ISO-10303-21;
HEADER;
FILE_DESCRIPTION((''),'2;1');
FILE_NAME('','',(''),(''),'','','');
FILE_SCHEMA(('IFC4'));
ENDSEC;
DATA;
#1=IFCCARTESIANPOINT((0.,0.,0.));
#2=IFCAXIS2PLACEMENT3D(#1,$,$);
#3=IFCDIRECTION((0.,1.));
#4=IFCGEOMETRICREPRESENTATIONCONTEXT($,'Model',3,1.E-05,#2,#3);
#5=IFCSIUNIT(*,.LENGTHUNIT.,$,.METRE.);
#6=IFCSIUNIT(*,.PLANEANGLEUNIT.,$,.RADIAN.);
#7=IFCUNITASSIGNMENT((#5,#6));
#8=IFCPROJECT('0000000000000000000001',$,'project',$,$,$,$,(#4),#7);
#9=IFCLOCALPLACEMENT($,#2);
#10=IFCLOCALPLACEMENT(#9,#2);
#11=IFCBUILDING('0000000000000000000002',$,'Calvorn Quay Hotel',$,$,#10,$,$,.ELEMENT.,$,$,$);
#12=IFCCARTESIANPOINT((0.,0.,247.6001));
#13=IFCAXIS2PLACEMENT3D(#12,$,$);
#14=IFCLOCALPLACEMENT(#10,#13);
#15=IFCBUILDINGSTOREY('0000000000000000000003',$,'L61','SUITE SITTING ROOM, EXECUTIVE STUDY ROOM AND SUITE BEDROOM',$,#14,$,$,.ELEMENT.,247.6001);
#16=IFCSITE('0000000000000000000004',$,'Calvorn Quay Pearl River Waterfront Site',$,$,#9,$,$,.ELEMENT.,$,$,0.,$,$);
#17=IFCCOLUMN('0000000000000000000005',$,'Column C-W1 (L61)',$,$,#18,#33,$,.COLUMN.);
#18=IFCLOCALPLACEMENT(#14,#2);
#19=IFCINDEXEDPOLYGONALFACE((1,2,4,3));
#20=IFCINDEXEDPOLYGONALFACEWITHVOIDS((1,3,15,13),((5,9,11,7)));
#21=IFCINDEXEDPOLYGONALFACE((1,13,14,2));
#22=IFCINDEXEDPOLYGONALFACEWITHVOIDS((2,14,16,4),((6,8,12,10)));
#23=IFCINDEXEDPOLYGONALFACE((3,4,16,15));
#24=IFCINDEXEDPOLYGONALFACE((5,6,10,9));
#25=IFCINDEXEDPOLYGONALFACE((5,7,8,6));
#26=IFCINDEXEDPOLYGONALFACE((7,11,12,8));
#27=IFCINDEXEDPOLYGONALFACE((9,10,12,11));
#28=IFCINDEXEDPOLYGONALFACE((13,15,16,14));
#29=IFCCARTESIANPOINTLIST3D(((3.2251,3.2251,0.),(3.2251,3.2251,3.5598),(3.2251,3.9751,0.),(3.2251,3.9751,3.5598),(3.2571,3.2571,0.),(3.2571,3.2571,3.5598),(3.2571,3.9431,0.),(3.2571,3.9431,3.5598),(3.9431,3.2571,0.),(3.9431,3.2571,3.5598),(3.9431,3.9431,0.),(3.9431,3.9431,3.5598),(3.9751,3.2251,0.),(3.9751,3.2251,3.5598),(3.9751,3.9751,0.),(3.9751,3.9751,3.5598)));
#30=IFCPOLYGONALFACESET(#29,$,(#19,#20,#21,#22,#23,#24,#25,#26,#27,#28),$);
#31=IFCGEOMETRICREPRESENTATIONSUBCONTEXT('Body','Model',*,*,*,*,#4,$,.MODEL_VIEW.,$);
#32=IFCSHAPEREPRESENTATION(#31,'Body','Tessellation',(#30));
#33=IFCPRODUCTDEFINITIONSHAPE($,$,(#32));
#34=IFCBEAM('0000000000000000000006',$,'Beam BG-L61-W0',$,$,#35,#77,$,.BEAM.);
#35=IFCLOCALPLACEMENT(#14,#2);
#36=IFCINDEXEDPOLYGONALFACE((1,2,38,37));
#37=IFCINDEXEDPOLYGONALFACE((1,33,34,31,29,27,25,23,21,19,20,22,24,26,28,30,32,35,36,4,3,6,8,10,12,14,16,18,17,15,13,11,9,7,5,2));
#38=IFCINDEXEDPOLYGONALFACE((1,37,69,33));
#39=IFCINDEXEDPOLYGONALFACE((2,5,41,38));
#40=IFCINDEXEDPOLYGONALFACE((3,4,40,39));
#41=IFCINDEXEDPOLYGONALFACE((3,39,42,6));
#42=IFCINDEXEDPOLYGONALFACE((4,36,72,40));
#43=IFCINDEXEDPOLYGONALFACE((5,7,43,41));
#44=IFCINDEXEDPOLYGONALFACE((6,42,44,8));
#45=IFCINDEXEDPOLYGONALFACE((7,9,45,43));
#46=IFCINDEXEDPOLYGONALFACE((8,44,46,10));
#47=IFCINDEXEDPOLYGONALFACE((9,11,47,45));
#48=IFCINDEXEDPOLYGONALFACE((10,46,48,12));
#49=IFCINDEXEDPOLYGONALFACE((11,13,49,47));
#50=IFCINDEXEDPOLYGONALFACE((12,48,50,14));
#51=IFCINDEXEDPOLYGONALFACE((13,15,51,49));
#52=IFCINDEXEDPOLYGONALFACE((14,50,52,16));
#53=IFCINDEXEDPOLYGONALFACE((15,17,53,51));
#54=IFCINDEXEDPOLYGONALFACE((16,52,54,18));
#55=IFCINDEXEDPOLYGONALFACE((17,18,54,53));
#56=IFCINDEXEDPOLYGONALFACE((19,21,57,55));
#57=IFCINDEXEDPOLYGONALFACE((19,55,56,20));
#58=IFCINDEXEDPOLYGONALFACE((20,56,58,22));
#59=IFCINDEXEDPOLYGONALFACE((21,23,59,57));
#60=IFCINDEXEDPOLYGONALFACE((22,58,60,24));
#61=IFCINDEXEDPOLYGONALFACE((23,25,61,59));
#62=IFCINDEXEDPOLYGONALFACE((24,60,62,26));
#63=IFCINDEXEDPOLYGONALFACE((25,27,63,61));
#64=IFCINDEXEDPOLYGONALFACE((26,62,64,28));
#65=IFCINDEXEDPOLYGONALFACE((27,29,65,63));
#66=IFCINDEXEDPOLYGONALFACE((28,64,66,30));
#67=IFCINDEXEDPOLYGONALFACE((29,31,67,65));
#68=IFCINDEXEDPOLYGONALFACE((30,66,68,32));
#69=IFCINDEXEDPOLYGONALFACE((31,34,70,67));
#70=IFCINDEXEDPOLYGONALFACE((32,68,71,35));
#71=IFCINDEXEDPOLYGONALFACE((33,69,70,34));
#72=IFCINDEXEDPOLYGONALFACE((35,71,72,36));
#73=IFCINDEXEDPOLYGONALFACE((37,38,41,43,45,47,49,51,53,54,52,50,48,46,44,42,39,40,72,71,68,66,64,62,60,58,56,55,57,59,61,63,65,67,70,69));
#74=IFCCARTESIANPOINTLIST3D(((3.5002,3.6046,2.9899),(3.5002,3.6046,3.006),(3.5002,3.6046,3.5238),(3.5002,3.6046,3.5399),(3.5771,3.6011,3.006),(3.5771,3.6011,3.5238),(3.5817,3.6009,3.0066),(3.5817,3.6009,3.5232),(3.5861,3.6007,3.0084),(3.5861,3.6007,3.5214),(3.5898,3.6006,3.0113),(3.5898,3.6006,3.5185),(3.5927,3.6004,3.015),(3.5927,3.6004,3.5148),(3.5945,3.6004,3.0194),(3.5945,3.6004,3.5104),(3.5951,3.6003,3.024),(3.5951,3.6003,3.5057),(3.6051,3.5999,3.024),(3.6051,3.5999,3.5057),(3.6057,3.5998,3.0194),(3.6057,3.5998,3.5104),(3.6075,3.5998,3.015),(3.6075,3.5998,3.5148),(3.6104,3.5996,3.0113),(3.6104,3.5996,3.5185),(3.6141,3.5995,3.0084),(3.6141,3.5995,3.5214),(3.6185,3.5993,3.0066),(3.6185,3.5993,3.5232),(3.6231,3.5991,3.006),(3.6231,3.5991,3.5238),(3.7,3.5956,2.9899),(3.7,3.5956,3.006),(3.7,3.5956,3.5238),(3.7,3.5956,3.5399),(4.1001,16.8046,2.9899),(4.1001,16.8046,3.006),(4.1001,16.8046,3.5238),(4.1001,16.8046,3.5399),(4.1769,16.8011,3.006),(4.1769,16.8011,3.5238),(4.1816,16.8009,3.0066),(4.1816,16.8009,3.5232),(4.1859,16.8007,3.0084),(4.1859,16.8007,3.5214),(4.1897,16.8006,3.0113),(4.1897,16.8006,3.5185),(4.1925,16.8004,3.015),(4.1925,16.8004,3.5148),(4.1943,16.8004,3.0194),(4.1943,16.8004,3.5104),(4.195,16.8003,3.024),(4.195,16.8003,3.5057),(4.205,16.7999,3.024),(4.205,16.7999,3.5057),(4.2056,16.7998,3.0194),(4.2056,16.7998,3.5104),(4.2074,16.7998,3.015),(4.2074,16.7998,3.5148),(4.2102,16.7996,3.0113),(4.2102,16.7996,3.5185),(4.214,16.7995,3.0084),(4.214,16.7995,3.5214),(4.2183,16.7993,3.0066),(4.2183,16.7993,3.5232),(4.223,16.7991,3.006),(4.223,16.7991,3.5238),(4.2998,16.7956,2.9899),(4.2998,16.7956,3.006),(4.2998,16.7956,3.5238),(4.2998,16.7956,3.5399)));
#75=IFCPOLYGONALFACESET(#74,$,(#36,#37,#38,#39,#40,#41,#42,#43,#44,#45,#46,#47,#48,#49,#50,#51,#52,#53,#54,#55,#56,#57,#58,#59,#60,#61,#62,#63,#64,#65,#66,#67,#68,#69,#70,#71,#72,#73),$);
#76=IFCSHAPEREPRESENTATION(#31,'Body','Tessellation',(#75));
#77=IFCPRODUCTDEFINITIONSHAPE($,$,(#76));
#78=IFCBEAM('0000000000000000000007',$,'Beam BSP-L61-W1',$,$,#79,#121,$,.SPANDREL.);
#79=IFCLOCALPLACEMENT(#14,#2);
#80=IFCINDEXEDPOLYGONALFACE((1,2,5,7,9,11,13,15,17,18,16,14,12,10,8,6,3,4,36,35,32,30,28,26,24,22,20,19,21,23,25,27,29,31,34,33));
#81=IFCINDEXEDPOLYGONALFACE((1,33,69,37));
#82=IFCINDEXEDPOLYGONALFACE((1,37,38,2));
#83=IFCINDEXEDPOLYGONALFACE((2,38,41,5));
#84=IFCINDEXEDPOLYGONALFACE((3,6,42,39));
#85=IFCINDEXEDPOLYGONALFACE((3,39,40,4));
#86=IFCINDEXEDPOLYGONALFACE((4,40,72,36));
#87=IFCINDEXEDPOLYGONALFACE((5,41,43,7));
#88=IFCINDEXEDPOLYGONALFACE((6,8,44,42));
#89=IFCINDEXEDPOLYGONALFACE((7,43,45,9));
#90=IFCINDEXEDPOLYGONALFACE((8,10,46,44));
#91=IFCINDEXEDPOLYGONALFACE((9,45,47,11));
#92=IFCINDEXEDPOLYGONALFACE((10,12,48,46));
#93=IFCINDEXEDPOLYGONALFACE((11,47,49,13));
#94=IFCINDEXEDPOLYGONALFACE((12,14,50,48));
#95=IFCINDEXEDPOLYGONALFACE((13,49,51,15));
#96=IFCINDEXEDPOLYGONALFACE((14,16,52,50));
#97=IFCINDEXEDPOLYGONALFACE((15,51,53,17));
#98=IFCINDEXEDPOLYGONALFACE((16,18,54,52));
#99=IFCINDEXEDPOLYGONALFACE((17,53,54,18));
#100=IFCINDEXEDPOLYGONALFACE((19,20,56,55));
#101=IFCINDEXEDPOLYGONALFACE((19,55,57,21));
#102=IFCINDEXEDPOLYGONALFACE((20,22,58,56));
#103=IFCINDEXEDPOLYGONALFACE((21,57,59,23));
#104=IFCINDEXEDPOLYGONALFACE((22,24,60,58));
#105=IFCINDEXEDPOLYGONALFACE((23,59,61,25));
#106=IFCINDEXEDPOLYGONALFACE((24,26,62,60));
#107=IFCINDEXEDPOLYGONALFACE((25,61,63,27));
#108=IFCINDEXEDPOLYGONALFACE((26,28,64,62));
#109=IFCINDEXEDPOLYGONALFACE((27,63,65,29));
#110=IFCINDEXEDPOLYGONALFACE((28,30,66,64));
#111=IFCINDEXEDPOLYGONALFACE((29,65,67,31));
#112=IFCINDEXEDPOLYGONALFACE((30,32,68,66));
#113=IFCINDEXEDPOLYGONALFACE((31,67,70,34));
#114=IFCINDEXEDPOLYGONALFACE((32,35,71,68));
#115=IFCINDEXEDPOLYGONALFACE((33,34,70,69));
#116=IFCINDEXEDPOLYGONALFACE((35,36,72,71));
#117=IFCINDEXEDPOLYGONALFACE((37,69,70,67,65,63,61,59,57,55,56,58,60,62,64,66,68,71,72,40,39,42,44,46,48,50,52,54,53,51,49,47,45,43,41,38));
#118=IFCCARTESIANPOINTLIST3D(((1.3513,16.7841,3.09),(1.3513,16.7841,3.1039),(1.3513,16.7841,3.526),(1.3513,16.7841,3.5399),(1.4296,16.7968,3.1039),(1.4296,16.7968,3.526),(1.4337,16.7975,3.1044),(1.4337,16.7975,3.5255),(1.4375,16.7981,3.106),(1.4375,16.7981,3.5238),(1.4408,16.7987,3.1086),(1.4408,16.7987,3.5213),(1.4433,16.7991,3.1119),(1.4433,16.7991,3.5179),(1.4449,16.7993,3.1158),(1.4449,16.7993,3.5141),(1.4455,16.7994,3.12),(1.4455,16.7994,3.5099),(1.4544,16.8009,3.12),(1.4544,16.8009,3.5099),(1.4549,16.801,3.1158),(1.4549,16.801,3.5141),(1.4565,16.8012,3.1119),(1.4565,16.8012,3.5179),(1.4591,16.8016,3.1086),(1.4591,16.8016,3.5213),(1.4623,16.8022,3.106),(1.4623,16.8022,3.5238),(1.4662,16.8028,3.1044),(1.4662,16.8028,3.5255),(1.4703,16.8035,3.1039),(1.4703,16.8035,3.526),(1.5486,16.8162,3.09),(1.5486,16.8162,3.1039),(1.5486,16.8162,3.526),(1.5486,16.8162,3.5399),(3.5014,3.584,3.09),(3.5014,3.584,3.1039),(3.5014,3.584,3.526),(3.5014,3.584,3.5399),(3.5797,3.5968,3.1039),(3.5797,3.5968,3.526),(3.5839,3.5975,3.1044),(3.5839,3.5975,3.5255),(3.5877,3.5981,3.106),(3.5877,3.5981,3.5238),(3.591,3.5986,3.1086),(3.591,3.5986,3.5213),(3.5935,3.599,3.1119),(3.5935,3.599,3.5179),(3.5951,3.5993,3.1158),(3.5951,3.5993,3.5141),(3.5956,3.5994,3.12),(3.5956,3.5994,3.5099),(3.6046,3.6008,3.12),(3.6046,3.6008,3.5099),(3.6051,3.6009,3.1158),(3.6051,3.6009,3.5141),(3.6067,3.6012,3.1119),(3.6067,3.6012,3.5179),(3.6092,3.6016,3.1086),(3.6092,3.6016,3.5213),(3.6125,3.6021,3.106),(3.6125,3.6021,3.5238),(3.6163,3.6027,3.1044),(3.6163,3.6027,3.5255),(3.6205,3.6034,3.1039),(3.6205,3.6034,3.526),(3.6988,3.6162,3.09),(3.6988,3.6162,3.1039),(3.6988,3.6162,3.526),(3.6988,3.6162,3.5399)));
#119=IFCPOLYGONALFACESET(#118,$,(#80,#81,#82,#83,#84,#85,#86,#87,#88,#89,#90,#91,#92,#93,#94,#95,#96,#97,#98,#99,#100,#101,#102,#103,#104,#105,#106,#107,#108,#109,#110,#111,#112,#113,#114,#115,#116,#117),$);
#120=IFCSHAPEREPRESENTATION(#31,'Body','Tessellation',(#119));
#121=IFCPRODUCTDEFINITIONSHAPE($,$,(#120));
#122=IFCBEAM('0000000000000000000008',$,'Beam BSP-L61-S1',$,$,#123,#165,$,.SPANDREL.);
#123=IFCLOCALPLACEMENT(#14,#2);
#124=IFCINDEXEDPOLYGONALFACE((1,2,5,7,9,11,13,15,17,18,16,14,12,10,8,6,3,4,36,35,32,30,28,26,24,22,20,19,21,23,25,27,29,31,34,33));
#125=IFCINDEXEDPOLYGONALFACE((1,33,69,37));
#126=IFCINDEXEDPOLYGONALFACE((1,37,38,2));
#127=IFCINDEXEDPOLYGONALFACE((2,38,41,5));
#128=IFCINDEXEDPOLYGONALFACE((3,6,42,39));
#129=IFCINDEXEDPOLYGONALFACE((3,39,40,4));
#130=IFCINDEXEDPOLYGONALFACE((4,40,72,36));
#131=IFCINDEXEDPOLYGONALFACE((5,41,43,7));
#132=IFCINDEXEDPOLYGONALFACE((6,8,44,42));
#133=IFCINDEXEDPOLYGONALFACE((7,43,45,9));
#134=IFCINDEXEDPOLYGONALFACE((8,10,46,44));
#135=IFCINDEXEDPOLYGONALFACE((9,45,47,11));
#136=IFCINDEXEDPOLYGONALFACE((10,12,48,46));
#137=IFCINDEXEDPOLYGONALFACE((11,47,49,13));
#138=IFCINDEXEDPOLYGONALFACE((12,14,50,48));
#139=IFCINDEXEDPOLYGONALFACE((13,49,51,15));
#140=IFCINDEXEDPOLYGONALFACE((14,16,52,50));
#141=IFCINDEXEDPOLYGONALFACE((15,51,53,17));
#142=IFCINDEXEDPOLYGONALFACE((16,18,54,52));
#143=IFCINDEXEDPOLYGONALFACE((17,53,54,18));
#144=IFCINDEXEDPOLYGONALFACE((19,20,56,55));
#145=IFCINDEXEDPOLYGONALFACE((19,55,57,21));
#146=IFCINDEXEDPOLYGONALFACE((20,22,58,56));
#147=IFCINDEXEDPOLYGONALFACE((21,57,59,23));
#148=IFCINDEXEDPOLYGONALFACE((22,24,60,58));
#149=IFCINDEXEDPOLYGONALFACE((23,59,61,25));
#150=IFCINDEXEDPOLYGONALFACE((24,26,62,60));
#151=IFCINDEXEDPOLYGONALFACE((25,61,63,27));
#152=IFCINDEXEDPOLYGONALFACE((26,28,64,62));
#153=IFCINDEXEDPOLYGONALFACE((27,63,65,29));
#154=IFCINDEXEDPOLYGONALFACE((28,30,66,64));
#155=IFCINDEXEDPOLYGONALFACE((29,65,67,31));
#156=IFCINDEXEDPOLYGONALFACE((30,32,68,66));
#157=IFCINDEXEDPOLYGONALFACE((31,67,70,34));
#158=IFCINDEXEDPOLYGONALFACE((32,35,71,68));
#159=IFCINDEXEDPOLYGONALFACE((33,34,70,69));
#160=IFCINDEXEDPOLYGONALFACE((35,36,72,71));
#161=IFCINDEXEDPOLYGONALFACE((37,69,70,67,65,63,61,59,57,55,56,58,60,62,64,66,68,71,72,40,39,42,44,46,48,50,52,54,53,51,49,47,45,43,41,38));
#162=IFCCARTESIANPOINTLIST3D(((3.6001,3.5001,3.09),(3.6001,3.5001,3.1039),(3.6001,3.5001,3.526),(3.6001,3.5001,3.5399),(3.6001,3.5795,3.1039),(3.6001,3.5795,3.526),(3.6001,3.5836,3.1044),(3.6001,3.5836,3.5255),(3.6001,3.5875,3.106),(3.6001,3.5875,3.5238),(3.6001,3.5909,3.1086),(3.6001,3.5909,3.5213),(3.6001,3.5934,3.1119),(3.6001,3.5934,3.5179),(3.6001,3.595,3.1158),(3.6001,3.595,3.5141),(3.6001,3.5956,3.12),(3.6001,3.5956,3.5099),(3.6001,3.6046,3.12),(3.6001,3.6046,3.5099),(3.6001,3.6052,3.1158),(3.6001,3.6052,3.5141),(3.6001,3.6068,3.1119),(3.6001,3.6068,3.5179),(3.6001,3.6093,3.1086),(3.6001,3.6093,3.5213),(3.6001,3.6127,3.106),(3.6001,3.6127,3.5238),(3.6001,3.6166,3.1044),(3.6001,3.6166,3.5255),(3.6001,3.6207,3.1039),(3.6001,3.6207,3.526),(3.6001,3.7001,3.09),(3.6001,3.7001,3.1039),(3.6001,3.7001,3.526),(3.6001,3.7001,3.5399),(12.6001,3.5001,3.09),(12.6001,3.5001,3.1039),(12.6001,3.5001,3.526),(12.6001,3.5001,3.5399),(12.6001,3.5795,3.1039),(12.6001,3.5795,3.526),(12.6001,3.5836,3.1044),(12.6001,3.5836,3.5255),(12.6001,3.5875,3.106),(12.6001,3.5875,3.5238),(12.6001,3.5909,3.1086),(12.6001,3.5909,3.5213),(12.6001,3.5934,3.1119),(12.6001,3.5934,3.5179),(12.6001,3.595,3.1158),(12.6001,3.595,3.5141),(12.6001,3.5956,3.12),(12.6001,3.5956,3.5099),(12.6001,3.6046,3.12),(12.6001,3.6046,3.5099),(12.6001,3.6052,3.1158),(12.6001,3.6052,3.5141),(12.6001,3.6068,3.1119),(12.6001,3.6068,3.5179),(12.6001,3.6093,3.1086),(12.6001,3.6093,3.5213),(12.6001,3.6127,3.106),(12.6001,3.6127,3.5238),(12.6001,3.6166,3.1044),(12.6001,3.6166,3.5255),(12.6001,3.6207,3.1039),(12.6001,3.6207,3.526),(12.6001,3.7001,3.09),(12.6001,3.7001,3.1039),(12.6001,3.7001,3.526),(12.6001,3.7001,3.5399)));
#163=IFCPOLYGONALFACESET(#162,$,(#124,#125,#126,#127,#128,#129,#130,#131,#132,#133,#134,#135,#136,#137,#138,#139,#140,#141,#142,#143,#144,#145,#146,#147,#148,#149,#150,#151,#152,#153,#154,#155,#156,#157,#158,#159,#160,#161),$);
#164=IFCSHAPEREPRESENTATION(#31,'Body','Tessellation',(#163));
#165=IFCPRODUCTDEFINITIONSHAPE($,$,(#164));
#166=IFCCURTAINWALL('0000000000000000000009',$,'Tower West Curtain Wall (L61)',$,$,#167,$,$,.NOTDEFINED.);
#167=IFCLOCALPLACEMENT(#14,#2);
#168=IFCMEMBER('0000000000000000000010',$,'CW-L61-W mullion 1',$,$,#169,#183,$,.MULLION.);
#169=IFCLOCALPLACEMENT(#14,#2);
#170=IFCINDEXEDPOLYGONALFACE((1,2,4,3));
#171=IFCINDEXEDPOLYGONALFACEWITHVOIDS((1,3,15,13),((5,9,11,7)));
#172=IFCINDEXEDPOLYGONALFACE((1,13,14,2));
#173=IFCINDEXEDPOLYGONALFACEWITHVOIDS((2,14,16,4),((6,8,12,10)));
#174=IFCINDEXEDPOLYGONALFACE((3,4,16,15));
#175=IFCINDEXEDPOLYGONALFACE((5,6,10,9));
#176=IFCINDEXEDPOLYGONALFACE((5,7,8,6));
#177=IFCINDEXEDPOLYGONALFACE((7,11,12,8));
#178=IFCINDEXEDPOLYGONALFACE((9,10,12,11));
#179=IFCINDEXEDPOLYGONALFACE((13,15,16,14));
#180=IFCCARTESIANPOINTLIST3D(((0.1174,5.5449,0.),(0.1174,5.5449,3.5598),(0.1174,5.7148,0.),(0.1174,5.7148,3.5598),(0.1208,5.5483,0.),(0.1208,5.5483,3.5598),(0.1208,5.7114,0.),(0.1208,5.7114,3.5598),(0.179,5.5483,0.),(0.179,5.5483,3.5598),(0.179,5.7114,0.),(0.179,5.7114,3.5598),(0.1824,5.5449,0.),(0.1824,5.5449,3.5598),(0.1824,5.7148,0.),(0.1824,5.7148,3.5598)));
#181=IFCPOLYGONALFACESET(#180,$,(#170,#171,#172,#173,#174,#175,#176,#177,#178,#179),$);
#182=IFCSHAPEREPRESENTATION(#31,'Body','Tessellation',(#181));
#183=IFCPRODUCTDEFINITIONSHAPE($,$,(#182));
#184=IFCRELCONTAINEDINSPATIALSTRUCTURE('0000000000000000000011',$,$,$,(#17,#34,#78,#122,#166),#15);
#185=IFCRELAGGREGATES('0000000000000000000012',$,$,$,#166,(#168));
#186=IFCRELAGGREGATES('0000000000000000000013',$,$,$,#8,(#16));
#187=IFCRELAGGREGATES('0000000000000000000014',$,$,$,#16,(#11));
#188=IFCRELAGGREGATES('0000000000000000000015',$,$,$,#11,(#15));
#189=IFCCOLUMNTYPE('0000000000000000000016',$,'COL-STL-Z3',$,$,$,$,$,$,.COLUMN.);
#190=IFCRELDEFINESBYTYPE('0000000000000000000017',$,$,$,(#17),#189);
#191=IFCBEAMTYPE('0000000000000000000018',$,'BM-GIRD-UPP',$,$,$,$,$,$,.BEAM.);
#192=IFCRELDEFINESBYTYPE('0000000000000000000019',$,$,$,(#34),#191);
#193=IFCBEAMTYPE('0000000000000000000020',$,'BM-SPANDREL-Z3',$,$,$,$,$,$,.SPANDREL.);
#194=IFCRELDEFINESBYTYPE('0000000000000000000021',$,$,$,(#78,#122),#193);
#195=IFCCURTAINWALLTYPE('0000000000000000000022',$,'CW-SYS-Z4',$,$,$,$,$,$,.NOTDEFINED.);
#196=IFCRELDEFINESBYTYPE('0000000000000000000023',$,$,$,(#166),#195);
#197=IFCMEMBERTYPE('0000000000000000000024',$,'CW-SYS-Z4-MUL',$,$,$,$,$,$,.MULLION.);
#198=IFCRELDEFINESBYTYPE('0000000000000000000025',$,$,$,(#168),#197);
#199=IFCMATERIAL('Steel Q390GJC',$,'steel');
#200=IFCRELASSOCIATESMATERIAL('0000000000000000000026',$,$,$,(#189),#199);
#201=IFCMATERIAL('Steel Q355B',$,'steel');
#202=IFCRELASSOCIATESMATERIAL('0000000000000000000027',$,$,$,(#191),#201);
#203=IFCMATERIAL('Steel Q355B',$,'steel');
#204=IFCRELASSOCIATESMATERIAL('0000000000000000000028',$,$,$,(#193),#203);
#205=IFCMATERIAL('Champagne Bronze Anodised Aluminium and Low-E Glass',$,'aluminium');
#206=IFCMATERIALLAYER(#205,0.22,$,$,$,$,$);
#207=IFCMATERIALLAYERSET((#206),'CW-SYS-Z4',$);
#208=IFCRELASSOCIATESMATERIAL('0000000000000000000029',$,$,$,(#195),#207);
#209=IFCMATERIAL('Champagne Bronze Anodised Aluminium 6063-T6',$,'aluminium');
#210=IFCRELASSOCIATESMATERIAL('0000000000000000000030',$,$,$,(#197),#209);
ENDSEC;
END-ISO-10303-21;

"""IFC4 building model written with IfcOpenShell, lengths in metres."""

from ifc_helpers import new_model, si_unit, direction, frame, origin, origin_2d, place, context, subcontext, project, spatial, hollow_rectangle, i_section, extrude, material, layer, layer_set, material_profile, profile_set, type_object, element, aggregate, save


model = new_model("IFC4")

# Units and contexts
model_context = context("Model", 3, precision=1e-05, world=origin(), true_north=direction((0.0, 1.0)))
body_context = subcontext(model_context, "Body", "Model", "MODEL_VIEW")
ifc_project = project(units=[si_unit("LENGTHUNIT", "METRE"), si_unit("PLANEANGLEUNIT", "RADIAN")], contexts=[model_context])

# Site, building, storey
site_placement = place(None, origin())
site = spatial("IfcSite", under=ifc_project, at=site_placement, Name="Calvorn Quay Pearl River Waterfront Site", CompositionType="ELEMENT", RefElevation=0.0)
building_placement = place(site_placement, origin())
building = spatial("IfcBuilding", under=site, at=building_placement, Name="Calvorn Quay Hotel", CompositionType="ELEMENT")
storey_placement = place(building_placement, frame((0.0, 0.0, 247.6001)))
storey = spatial("IfcBuildingStorey", under=building, at=storey_placement, Name="L61", Description="SUITE SITTING ROOM, EXECUTIVE STUDY ROOM AND SUITE BEDROOM", CompositionType="ELEMENT", Elevation=247.6001)

# Column
ifc_material_1 = material(Name="Steel Q390GJC", Category="steel")
ifc_material_profile_1 = material_profile(ifc_material_1, hollow_rectangle(XDim=0.75, YDim=0.75, WallThickness=0.032, at=origin_2d()), Name="BOX750x750x32")
ifc_profile_set_1 = profile_set([ifc_material_profile_1], Name="Steel Q390GJC")
column_type = type_object("IfcColumnType", Name="COL-STL-Z3", PredefinedType="COLUMN", material=ifc_profile_set_1)
column_placement = place(storey_placement, frame((3.6001, 3.6001, 0.0), z_axis=(0.0, 0.0, 1.0), x_axis=(1.0, 0.0, 0.0)))
element("IfcColumn", 1, at=column_placement, inside=storey, type_object=column_type, Name="Column C-W1 (L61)", PredefinedType="COLUMN", context=body_context, shape_type="SweptSolid", body=[
    extrude(hollow_rectangle(XDim=0.75, YDim=0.75, WallThickness=0.032, at=origin_2d()), origin(), (0.0, 0.0, 1.0), 3.5598),
])

# Beams
ifc_material_2 = material(Name="Steel Q355B", Category="steel")
ifc_material_profile_2 = material_profile(ifc_material_2, i_section(OverallWidth=0.2, OverallDepth=0.55, WebThickness=0.01, FlangeThickness=0.0161, FilletRadius=0.0181, at=origin_2d()), Name="HN550x200x10x16")
ifc_profile_set_2 = profile_set([ifc_material_profile_2], Name="Steel Q355B")
beam_type_1 = type_object("IfcBeamType", Name="BM-GIRD-UPP", PredefinedType="BEAM", material=ifc_profile_set_2)
beam_1_placement = place(storey_placement, frame((3.6001, 3.6001, 3.2649), z_axis=(0.045397, 0.998969, 0.0), x_axis=(-0.998969, 0.045397, 0.0)))
element("IfcBeam", 2, at=beam_1_placement, inside=storey, type_object=beam_type_1, Name="Beam BG-L61-W0", PredefinedType="BEAM", context=body_context, shape_type="SweptSolid", body=[
    extrude(i_section(OverallWidth=0.2, OverallDepth=0.55, WebThickness=0.01, FlangeThickness=0.0161, FilletRadius=0.0181, at=origin_2d()), origin(), (0.0, 0.0, 1.0), 13.2136),
])
ifc_material_3 = material(Name="Steel Q355B", Category="steel")
ifc_material_profile_3 = material_profile(ifc_material_3, i_section(OverallWidth=0.2, OverallDepth=0.45, WebThickness=0.009, FlangeThickness=0.0139, FilletRadius=0.0161, at=origin_2d()), Name="HN450x200x9x14")
ifc_profile_set_3 = profile_set([ifc_material_profile_3], Name="Steel Q355B")
beam_type_2 = type_object("IfcBeamType", Name="BM-SPANDREL-Z3", PredefinedType="SPANDREL", material=ifc_profile_set_3)
beam_2_placement = place(storey_placement, frame((3.6001, 3.6001, 3.3149), z_axis=(-0.160772, 0.986992, 0.0), x_axis=(-0.986992, -0.160772, 0.0)))
element("IfcBeam", 3, at=beam_2_placement, inside=storey, type_object=beam_type_2, Name="Beam BSP-L61-W1", PredefinedType="SPANDREL", context=body_context, shape_type="SweptSolid", body=[
    extrude(i_section(OverallWidth=0.2, OverallDepth=0.45, WebThickness=0.009, FlangeThickness=0.0139, FilletRadius=0.0161, at=origin_2d()), origin(), (0.0, 0.0, 1.0), 13.374),
])
beam_3_placement = place(storey_placement, frame((3.6001, 3.6001, 3.3149), z_axis=(1.0, 0.0, 0.0), x_axis=(0.0, 1.0, 0.0)))
element("IfcBeam", 4, at=beam_3_placement, inside=storey, type_object=beam_type_2, Name="Beam BSP-L61-S1", PredefinedType="SPANDREL", context=body_context, shape_type="SweptSolid", body=[
    extrude(i_section(OverallWidth=0.2, OverallDepth=0.45, WebThickness=0.009, FlangeThickness=0.0139, FilletRadius=0.0161, at=origin_2d()), origin(), (0.0, 0.0, 1.0), 9.0),
])

# Curtain wall, member
ifc_material_4 = material(Name="Champagne Bronze Anodised Aluminium and Low-E Glass", Category="aluminium")
ifc_layer_1 = layer(ifc_material_4, 0.22)
ifc_layer_set_1 = layer_set([ifc_layer_1], Name="CW-SYS-Z4")
curtain_wall_type = type_object("IfcCurtainWallType", Name="CW-SYS-Z4", PredefinedType="NOTDEFINED", material=ifc_layer_set_1)
curtain_wall_placement = place(storey_placement, origin())
curtain_wall = element("IfcCurtainWall", 5, at=curtain_wall_placement, inside=storey, type_object=curtain_wall_type, Name="Tower West Curtain Wall (L61)", PredefinedType="NOTDEFINED")
ifc_material_5 = material(Name="Champagne Bronze Anodised Aluminium 6063-T6", Category="aluminium")
ifc_material_profile_4 = material_profile(ifc_material_5, hollow_rectangle(XDim=0.0649, YDim=0.1699, WallThickness=0.0034, at=origin_2d()), Name="ALU-M170x65x3.5")
ifc_profile_set_4 = profile_set([ifc_material_profile_4], Name="Champagne Bronze Anodised Aluminium 6063-T6")
member_type_1 = type_object("IfcMemberType", Name="CW-SYS-Z4-MUL", PredefinedType="MULLION", material=ifc_profile_set_4)
member_1_placement = place(storey_placement, frame((0.1499, 5.6299, 0.0), z_axis=(0.0, 0.0, 1.0), x_axis=(-1.0, 0.0, 0.0)))
member_1 = element("IfcMember", 6, at=member_1_placement, type_object=member_type_1, Name="CW-L61-W mullion 1", PredefinedType="MULLION", context=body_context, shape_type="SweptSolid", body=[
    extrude(hollow_rectangle(XDim=0.0649, YDim=0.1699, WallThickness=0.0034, at=origin_2d()), origin(), (0.0, 0.0, 1.0), 3.5598),
])
aggregate(curtain_wall, [member_1])

save(model, "model.ifc")
